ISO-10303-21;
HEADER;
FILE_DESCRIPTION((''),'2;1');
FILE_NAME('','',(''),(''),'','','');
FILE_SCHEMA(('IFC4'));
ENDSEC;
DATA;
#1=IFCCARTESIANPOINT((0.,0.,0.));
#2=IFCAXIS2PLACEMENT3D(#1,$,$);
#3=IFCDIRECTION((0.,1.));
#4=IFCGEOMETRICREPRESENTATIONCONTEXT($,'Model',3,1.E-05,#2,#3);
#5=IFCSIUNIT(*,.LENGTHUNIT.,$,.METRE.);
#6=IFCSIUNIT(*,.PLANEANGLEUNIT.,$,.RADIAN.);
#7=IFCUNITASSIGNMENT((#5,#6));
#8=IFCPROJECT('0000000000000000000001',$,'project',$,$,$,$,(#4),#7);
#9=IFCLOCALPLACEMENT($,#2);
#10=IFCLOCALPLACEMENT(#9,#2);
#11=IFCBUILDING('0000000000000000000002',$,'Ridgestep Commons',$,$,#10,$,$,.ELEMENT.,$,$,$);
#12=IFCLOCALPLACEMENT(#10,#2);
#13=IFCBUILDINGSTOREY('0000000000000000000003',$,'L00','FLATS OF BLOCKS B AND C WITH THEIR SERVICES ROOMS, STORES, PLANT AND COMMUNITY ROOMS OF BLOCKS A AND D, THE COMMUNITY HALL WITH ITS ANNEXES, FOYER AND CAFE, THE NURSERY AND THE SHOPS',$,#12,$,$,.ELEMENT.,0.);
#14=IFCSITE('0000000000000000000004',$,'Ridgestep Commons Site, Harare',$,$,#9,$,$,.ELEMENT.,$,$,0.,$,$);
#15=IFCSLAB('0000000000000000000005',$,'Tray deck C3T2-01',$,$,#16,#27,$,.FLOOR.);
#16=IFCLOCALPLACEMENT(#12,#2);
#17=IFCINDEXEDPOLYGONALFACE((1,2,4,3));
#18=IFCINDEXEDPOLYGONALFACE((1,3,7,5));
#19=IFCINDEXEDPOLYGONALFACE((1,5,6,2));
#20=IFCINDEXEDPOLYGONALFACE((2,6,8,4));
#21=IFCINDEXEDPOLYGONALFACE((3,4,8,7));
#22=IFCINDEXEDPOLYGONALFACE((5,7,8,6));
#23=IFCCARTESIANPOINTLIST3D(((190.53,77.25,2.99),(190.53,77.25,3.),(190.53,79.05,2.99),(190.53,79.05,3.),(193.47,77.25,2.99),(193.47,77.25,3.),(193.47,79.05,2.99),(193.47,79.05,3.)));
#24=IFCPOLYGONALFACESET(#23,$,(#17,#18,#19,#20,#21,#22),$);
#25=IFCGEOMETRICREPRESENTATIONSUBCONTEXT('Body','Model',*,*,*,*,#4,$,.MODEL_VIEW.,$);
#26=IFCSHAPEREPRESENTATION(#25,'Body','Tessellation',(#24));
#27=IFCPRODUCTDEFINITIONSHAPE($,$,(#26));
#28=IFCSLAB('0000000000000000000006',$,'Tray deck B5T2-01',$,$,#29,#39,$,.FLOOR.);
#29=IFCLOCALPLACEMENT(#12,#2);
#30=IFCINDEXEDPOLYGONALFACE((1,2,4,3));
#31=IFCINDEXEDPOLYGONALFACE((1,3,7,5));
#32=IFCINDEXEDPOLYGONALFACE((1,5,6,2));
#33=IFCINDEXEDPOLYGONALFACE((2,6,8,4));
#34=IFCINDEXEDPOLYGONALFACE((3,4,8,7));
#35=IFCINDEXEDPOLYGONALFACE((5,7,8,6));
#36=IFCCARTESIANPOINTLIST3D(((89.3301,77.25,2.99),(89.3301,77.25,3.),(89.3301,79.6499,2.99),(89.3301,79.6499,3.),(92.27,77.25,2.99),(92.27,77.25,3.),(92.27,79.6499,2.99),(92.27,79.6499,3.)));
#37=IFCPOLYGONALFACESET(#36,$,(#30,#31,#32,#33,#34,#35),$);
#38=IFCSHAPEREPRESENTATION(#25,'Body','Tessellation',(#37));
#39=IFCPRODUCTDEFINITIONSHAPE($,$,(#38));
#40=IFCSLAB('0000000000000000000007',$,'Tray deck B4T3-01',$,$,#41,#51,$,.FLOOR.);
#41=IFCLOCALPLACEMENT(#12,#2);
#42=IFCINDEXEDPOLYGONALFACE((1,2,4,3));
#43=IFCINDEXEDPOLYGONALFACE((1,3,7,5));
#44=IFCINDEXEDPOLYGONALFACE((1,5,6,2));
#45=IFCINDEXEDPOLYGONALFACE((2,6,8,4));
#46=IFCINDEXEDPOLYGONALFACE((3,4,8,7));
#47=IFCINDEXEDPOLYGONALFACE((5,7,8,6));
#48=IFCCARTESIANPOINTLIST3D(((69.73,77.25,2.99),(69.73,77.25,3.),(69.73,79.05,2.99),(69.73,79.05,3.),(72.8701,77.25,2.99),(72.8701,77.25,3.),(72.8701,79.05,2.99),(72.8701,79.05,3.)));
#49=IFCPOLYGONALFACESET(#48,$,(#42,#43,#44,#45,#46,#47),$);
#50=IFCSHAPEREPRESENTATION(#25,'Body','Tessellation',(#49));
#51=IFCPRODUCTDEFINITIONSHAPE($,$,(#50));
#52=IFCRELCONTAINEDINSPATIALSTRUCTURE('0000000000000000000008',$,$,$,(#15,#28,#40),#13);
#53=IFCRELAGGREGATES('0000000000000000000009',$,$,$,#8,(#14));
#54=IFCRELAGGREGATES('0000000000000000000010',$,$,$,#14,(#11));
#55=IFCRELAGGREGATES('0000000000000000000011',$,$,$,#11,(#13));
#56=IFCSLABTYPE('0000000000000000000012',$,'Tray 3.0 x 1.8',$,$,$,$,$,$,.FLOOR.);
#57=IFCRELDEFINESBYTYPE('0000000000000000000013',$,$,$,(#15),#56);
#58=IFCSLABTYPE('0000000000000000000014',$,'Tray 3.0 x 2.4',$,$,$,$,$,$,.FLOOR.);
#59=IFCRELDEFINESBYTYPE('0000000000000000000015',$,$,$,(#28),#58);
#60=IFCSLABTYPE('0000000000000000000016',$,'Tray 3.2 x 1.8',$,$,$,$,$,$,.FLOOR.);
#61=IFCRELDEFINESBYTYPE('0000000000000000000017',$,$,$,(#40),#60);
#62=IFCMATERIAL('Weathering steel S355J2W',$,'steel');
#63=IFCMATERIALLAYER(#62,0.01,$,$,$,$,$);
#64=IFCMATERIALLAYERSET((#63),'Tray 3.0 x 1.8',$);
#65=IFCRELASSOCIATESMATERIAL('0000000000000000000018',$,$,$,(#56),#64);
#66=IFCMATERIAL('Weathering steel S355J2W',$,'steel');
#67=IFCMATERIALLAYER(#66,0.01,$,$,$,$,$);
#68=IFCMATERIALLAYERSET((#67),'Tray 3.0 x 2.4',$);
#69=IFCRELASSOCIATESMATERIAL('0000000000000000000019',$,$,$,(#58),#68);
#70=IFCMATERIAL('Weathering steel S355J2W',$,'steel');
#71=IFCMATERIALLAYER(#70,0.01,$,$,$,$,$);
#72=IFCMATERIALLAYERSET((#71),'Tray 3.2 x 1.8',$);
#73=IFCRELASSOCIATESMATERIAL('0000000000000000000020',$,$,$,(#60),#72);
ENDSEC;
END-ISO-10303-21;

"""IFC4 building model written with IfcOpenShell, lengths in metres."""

from ifc_helpers import new_model, si_unit, direction, frame, origin, place, context, subcontext, project, spatial, polyline, outline, extrude, material, layer, layer_set, type_object, element, save


model = new_model("IFC4")

# Units and contexts
model_context = context("Model", 3, precision=1e-05, world=origin(), true_north=direction((0.0, 1.0)))
body_context = subcontext(model_context, "Body", "Model", "MODEL_VIEW")
ifc_project = project(units=[si_unit("LENGTHUNIT", "METRE"), si_unit("PLANEANGLEUNIT", "RADIAN")], contexts=[model_context])

# Site, building, storey
site_placement = place(None, origin())
site = spatial("IfcSite", under=ifc_project, at=site_placement, Name="Ridgestep Commons Site, Harare", CompositionType="ELEMENT", RefElevation=0.0)
building_placement = place(site_placement, origin())
building = spatial("IfcBuilding", under=site, at=building_placement, Name="Ridgestep Commons", CompositionType="ELEMENT")
storey_placement = place(building_placement, origin())
storey = spatial("IfcBuildingStorey", under=building, at=storey_placement, Name="L00", Description="FLATS OF BLOCKS B AND C WITH THEIR SERVICES ROOMS, STORES, PLANT AND COMMUNITY ROOMS OF BLOCKS A AND D, THE COMMUNITY HALL WITH ITS ANNEXES, FOYER AND CAFE, THE NURSERY AND THE SHOPS", CompositionType="ELEMENT", Elevation=0.0)

# Slabs
ifc_material_1 = material(Name="Weathering steel S355J2W", Category="steel")
ifc_layer_1 = layer(ifc_material_1, 0.01)
ifc_layer_set_1 = layer_set([ifc_layer_1], Name="Tray 3.0 x 1.8")
slab_type_1 = type_object("IfcSlabType", Name="Tray 3.0 x 1.8", PredefinedType="FLOOR", material=ifc_layer_set_1)
slab_1_placement = place(storey_placement, frame((0.0, 0.0, 2.99)))
element("IfcSlab", 1, at=slab_1_placement, inside=storey, type_object=slab_type_1, Name="Tray deck C3T2-01", PredefinedType="FLOOR", context=body_context, shape_type="SweptSolid", body=[
    extrude(outline(polyline([(190.53, 77.25), (193.47, 77.25), (193.47, 79.05), (190.53, 79.05), (190.53, 77.25)])), origin(), (0.0, 0.0, 1.0), 0.01),
])
ifc_material_2 = material(Name="Weathering steel S355J2W", Category="steel")
ifc_layer_2 = layer(ifc_material_2, 0.01)
ifc_layer_set_2 = layer_set([ifc_layer_2], Name="Tray 3.0 x 2.4")
slab_type_2 = type_object("IfcSlabType", Name="Tray 3.0 x 2.4", PredefinedType="FLOOR", material=ifc_layer_set_2)
slab_2_placement = place(storey_placement, frame((0.0, 0.0, 2.99)))
element("IfcSlab", 2, at=slab_2_placement, inside=storey, type_object=slab_type_2, Name="Tray deck B5T2-01", PredefinedType="FLOOR", context=body_context, shape_type="SweptSolid", body=[
    extrude(outline(polyline([(89.3301, 77.25), (92.27, 77.25), (92.27, 79.6499), (89.3301, 79.6499), (89.3301, 77.25)])), origin(), (0.0, 0.0, 1.0), 0.01),
])
ifc_material_3 = material(Name="Weathering steel S355J2W", Category="steel")
ifc_layer_3 = layer(ifc_material_3, 0.01)
ifc_layer_set_3 = layer_set([ifc_layer_3], Name="Tray 3.2 x 1.8")
slab_type_3 = type_object("IfcSlabType", Name="Tray 3.2 x 1.8", PredefinedType="FLOOR", material=ifc_layer_set_3)
slab_3_placement = place(storey_placement, frame((0.0, 0.0, 2.99)))
element("IfcSlab", 3, at=slab_3_placement, inside=storey, type_object=slab_type_3, Name="Tray deck B4T3-01", PredefinedType="FLOOR", context=body_context, shape_type="SweptSolid", body=[
    extrude(outline(polyline([(69.73, 77.25), (72.8701, 77.25), (72.8701, 79.05), (69.73, 79.05), (69.73, 77.25)])), origin(), (0.0, 0.0, 1.0), 0.01),
])

save(model, "model.ifc")
